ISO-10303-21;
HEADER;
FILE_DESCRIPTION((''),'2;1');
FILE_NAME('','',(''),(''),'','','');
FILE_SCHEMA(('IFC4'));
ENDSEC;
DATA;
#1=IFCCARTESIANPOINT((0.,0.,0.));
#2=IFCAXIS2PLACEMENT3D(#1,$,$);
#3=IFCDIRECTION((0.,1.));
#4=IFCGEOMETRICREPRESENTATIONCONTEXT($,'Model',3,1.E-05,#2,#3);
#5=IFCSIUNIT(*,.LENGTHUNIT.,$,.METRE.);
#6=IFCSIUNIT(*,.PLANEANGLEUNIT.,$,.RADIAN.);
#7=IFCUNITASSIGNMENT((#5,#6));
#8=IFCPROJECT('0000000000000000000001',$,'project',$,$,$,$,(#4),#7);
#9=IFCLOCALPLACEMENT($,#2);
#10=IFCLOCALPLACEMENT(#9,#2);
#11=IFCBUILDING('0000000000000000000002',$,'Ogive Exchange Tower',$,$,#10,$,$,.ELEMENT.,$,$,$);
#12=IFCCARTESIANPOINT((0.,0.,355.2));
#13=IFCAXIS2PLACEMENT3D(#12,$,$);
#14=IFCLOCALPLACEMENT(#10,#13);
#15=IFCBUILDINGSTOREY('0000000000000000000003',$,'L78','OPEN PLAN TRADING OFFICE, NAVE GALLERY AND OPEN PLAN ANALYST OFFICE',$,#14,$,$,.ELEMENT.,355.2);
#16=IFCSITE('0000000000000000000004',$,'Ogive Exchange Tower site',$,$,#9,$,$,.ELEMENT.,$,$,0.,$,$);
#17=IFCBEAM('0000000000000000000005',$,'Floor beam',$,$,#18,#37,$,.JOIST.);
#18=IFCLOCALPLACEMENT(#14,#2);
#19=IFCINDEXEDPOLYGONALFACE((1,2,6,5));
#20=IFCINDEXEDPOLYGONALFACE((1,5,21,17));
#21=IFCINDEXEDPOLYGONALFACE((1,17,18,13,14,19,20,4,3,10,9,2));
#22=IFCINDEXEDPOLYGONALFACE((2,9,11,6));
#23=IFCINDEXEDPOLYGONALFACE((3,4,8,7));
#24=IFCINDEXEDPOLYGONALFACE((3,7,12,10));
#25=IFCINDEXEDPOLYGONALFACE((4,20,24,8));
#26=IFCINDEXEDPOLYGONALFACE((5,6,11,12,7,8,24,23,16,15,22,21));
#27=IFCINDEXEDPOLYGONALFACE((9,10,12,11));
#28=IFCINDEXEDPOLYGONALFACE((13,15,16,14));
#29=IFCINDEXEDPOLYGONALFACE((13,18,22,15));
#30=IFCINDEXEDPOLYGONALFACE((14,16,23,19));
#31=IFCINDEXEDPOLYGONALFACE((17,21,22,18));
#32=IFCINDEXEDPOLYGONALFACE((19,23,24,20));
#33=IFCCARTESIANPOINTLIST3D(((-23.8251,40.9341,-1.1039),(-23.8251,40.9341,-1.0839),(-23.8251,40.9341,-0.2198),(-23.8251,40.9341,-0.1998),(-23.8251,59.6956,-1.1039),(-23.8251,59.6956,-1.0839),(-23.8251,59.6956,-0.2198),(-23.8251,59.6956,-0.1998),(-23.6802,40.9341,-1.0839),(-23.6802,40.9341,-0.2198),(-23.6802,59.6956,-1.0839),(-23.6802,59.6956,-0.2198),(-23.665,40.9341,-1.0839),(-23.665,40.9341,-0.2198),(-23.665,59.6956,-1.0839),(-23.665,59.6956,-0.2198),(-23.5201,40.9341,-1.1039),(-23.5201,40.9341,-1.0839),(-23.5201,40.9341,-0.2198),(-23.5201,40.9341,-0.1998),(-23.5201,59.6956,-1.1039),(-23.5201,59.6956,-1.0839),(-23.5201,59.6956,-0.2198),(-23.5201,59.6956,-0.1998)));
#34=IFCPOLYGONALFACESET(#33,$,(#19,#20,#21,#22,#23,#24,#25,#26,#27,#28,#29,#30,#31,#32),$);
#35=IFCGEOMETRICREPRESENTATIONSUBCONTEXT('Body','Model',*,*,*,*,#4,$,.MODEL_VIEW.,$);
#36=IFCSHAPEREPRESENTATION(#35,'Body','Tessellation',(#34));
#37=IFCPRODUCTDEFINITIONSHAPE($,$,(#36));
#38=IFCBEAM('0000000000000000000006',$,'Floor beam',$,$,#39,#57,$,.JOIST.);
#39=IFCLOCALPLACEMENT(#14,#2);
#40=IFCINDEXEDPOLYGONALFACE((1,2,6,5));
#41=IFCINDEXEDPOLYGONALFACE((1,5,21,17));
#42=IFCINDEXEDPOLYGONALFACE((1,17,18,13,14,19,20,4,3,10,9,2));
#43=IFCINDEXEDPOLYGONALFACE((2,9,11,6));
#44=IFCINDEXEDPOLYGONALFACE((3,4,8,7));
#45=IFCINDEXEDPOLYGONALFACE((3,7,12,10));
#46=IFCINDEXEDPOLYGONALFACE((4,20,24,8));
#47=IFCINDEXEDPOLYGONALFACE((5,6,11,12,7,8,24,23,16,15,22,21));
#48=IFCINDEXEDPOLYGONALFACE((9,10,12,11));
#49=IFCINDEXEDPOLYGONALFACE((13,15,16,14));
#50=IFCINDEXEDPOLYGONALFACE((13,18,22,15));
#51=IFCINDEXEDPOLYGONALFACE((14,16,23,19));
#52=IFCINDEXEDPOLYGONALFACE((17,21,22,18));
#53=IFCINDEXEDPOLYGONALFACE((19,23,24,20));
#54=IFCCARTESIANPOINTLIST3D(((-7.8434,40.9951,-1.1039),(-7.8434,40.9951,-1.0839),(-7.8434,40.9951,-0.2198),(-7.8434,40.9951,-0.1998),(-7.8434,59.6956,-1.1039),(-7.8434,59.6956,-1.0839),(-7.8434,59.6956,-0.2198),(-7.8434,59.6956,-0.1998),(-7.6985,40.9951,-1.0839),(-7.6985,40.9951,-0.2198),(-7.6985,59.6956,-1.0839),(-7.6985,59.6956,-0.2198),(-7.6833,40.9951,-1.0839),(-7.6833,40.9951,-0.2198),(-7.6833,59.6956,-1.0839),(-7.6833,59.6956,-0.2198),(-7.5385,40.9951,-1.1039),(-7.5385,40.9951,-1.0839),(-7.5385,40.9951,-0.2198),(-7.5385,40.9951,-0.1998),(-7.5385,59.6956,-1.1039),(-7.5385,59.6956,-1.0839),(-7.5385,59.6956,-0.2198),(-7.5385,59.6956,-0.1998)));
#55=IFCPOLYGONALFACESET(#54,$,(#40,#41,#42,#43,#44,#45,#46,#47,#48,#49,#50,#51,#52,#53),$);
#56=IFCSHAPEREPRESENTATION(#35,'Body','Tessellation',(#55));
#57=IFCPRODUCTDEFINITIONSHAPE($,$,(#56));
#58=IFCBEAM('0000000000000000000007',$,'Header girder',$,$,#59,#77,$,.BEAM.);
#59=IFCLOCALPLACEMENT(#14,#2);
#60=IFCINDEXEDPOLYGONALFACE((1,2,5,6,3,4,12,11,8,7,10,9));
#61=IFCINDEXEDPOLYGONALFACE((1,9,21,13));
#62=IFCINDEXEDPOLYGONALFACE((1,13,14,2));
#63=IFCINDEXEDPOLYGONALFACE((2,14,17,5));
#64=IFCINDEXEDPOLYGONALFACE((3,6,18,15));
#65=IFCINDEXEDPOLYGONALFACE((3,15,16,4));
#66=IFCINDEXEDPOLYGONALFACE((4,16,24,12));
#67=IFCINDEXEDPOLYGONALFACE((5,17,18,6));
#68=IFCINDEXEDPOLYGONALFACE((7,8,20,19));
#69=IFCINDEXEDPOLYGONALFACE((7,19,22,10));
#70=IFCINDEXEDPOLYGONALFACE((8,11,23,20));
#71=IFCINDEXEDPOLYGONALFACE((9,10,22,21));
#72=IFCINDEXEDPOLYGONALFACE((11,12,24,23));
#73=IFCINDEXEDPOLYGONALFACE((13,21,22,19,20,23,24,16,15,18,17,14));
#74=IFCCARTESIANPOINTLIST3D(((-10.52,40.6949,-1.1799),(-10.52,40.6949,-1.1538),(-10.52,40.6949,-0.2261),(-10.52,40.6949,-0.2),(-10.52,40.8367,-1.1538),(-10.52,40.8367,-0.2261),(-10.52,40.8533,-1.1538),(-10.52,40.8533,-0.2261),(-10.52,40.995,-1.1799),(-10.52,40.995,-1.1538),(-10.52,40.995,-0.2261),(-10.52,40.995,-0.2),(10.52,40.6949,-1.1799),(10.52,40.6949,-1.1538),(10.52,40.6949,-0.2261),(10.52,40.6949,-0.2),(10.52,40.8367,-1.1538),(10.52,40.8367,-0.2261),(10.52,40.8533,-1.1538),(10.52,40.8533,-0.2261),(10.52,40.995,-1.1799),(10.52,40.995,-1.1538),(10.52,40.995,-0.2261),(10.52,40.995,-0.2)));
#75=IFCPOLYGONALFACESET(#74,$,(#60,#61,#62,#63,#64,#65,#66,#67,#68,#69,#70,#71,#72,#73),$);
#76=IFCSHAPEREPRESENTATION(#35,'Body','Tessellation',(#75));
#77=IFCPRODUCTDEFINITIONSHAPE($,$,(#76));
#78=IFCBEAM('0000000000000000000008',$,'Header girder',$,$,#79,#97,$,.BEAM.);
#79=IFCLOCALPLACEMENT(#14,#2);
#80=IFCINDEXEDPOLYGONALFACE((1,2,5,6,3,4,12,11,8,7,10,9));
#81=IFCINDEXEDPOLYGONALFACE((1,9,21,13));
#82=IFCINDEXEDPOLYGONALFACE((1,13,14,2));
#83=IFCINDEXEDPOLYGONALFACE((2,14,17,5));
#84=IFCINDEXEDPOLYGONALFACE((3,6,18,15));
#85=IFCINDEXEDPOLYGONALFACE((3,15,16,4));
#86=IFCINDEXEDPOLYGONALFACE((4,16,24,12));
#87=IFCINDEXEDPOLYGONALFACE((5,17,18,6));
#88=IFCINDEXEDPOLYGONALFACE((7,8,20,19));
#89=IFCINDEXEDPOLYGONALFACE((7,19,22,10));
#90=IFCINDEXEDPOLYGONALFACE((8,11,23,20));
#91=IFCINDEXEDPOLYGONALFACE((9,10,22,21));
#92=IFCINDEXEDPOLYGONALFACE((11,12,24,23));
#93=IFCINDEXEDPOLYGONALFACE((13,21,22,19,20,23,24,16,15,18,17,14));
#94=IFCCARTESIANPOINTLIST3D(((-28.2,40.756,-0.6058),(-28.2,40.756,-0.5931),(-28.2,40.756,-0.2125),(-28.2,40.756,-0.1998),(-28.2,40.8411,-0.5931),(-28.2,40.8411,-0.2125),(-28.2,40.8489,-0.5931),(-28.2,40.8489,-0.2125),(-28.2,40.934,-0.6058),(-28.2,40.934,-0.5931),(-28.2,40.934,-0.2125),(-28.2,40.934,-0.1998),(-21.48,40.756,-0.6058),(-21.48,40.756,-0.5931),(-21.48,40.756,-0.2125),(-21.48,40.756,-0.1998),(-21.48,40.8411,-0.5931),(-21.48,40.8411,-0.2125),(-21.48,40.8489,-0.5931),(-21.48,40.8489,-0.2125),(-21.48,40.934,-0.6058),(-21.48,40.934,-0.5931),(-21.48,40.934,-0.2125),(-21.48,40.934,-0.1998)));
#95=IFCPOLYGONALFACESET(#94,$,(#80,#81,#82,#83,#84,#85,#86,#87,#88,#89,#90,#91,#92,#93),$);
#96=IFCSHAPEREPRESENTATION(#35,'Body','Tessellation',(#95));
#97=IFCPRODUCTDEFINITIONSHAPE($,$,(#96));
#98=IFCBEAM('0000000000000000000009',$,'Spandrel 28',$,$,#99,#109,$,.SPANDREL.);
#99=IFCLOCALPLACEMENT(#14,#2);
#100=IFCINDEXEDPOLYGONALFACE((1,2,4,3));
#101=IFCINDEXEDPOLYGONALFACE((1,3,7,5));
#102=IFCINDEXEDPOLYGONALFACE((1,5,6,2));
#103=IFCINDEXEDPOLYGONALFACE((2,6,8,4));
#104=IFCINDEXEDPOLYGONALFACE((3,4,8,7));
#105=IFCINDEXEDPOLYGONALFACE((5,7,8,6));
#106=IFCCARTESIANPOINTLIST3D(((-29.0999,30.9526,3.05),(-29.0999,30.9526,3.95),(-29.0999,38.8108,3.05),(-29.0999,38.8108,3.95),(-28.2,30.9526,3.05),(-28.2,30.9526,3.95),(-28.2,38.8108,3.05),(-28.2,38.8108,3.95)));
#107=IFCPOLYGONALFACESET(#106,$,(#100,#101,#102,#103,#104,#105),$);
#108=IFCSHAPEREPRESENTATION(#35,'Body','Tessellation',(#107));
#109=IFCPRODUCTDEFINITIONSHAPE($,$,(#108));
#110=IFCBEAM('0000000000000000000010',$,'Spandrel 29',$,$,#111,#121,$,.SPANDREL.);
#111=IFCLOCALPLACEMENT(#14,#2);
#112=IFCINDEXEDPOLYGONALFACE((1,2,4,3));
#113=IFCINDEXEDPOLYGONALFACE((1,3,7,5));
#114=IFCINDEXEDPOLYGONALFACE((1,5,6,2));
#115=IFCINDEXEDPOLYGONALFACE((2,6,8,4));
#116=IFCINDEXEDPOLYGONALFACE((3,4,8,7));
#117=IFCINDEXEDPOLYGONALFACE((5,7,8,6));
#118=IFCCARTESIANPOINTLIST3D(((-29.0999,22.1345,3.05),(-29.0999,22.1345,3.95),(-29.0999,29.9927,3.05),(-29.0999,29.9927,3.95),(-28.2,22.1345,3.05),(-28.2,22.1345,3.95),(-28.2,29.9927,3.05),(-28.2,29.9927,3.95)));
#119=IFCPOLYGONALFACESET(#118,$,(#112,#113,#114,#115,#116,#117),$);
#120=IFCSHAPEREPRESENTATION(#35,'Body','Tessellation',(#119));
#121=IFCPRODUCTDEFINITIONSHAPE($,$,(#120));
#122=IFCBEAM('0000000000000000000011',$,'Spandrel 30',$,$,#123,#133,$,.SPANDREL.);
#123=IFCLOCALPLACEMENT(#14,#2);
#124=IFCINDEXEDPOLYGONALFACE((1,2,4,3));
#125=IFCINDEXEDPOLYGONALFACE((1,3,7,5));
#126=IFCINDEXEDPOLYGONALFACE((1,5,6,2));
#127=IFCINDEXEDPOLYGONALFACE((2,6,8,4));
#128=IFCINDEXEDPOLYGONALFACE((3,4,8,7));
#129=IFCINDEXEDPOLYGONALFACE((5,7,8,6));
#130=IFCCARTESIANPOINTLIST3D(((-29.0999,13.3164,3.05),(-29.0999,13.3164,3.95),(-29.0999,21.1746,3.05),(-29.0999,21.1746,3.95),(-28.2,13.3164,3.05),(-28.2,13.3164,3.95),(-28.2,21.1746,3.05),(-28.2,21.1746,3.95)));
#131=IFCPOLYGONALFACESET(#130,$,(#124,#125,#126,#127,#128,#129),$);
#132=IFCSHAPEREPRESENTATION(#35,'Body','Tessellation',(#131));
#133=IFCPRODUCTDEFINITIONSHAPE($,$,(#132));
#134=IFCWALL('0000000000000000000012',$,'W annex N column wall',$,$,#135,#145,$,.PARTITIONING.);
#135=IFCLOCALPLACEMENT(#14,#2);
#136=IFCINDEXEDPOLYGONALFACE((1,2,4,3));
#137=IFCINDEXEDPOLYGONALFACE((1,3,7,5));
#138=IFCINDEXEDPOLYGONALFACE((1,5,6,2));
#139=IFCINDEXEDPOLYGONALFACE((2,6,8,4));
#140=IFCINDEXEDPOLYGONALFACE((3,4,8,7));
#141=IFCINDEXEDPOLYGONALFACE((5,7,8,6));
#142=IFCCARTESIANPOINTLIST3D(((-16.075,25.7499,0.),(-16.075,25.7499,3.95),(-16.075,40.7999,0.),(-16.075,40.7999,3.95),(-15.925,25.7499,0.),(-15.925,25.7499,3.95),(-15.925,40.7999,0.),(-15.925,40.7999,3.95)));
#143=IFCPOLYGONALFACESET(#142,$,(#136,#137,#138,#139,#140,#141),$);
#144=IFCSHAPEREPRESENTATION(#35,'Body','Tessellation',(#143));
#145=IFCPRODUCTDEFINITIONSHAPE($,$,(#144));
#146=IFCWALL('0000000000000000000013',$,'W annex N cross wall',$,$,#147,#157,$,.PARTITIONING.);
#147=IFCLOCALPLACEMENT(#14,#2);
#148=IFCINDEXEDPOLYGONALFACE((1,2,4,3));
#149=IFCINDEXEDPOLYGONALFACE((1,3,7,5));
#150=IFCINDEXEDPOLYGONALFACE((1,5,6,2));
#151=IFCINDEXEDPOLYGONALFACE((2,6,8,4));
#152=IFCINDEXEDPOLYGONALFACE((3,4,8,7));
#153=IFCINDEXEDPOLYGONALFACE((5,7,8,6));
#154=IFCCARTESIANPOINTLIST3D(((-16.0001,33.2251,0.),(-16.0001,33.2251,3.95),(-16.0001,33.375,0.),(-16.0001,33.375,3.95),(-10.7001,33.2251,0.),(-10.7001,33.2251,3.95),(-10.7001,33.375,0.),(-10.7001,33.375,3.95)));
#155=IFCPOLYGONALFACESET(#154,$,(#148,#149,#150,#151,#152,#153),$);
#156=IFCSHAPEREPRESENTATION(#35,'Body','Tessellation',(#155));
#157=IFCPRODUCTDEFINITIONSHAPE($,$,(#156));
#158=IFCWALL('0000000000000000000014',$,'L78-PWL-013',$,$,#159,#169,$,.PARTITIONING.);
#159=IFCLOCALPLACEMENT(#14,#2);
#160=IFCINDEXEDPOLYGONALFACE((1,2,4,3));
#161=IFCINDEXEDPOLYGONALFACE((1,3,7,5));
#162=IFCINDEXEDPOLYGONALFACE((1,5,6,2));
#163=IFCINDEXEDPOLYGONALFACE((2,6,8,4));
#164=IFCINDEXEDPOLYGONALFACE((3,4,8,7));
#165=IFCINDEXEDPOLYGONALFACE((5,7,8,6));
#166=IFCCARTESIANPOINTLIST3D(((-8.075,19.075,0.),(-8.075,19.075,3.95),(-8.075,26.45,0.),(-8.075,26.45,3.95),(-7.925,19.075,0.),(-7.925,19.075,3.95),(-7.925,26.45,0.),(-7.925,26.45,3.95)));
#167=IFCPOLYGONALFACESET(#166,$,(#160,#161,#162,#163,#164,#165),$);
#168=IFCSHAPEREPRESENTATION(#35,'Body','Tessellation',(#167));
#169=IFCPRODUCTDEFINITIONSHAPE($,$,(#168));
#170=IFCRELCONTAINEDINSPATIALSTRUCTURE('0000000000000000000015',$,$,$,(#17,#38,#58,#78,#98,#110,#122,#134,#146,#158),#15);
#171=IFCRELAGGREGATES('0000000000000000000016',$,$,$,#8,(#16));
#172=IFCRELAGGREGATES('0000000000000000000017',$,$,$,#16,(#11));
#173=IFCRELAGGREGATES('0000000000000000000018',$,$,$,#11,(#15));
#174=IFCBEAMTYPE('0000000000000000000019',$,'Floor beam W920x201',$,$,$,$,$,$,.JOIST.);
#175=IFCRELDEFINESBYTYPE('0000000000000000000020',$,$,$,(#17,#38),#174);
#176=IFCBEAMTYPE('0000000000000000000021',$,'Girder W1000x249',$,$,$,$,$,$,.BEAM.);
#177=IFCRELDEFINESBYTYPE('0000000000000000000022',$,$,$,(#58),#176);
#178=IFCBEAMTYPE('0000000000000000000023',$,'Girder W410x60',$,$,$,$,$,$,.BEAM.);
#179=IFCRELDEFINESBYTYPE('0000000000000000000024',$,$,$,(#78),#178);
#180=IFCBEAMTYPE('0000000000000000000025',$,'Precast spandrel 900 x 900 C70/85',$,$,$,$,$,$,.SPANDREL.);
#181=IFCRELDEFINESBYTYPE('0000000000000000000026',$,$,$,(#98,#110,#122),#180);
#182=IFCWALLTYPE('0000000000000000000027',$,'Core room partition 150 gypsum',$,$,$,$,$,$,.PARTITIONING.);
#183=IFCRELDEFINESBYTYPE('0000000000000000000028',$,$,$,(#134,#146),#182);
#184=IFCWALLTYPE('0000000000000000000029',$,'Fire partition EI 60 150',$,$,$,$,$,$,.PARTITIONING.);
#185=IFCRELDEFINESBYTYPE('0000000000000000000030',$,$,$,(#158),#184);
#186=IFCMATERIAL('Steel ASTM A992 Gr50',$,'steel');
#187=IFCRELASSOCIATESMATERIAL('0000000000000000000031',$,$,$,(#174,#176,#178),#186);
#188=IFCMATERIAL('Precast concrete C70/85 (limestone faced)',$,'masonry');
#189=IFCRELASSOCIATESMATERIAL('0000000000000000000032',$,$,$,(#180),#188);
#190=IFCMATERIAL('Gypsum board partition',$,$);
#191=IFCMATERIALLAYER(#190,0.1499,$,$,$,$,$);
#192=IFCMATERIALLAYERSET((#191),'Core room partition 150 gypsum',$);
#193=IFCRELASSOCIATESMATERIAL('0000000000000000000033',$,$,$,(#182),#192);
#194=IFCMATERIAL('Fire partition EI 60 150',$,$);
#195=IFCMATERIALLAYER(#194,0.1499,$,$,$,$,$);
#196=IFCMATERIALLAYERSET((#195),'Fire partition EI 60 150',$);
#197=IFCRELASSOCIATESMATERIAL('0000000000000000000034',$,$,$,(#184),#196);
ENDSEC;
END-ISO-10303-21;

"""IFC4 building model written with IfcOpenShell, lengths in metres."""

from ifc_helpers import new_model, si_unit, direction, frame, frame_2d, origin, origin_2d, place, context, subcontext, project, spatial, rectangle, i_section, extrude, material, layer, layer_set, material_profile, profile_set, type_object, element, save


model = new_model("IFC4")

# Units and contexts
model_context = context("Model", 3, precision=1e-05, world=origin(), true_north=direction((0.0, 1.0)))
body_context = subcontext(model_context, "Body", "Model", "MODEL_VIEW")
ifc_project = project(units=[si_unit("LENGTHUNIT", "METRE"), si_unit("PLANEANGLEUNIT", "RADIAN")], contexts=[model_context])

# Site, building, storey
site_placement = place(None, origin())
site = spatial("IfcSite", under=ifc_project, at=site_placement, Name="Ogive Exchange Tower site", CompositionType="ELEMENT", RefElevation=0.0)
building_placement = place(site_placement, origin())
building = spatial("IfcBuilding", under=site, at=building_placement, Name="Ogive Exchange Tower", CompositionType="ELEMENT")
storey_placement = place(building_placement, frame((0.0, 0.0, 355.2)))
storey = spatial("IfcBuildingStorey", under=building, at=storey_placement, Name="L78", Description="OPEN PLAN TRADING OFFICE, NAVE GALLERY AND OPEN PLAN ANALYST OFFICE", CompositionType="ELEMENT", Elevation=355.2)

# Shared definitions
ifc_material_1 = material(Name="Precast concrete C70/85 (limestone faced)", Category="masonry")

# Beams
ifc_material_2 = material(Name="Steel ASTM A992 Gr50", Category="steel")
ifc_material_profile_1 = material_profile(ifc_material_2, i_section(OverallWidth=0.3049, OverallDepth=0.9041, WebThickness=0.0151, FlangeThickness=0.02, at=origin_2d()), Name="W920x201")
ifc_profile_set_1 = profile_set([ifc_material_profile_1], Name="Steel ASTM A992 Gr50")
beam_type_1 = type_object("IfcBeamType", Name="Floor beam W920x201", PredefinedType="JOIST", material=ifc_profile_set_1)
beam_1_placement = place(storey_placement, frame((-23.6726, 40.9341, -0.6519), z_axis=(0.0, 1.0, 0.0), x_axis=(-1.0, 0.0, 0.0)))
element("IfcBeam", 1, at=beam_1_placement, inside=storey, type_object=beam_type_1, Name="Floor beam", PredefinedType="JOIST", context=body_context, shape_type="SweptSolid", body=[
    extrude(i_section(OverallWidth=0.3049, OverallDepth=0.9041, WebThickness=0.0151, FlangeThickness=0.02, at=origin_2d()), origin(), (0.0, 0.0, 1.0), 18.7615),
])
beam_2_placement = place(storey_placement, frame((-7.6909, 40.9951, -0.6519), z_axis=(0.0, 1.0, 0.0), x_axis=(-1.0, 0.0, 0.0)))
element("IfcBeam", 2, at=beam_2_placement, inside=storey, type_object=beam_type_1, Name="Floor beam", PredefinedType="JOIST", context=body_context, shape_type="SweptSolid", body=[
    extrude(i_section(OverallWidth=0.3049, OverallDepth=0.9041, WebThickness=0.0151, FlangeThickness=0.02, at=origin_2d()), origin(), (0.0, 0.0, 1.0), 18.7004),
])
ifc_material_profile_2 = material_profile(ifc_material_2, i_section(OverallWidth=0.3, OverallDepth=0.98, WebThickness=0.0166, FlangeThickness=0.0261, at=origin_2d()), Name="W1000x249")
ifc_profile_set_2 = profile_set([ifc_material_profile_2], Name="Steel ASTM A992 Gr50")
beam_type_2 = type_object("IfcBeamType", Name="Girder W1000x249", PredefinedType="BEAM", material=ifc_profile_set_2)
beam_3_placement = place(storey_placement, frame((-10.52, 40.845, -0.6899), z_axis=(1.0, 0.0, 0.0), x_axis=(0.0, 1.0, 0.0)))
element("IfcBeam", 3, at=beam_3_placement, inside=storey, type_object=beam_type_2, Name="Header girder", PredefinedType="BEAM", context=body_context, shape_type="SweptSolid", body=[
    extrude(i_section(OverallWidth=0.3, OverallDepth=0.98, WebThickness=0.0166, FlangeThickness=0.0261, at=origin_2d()), origin(), (0.0, 0.0, 1.0), 21.04),
])
ifc_material_profile_3 = material_profile(ifc_material_2, i_section(OverallWidth=0.178, OverallDepth=0.406, WebThickness=0.0078, FlangeThickness=0.0127, at=origin_2d()), Name="W410x60")
ifc_profile_set_3 = profile_set([ifc_material_profile_3], Name="Steel ASTM A992 Gr50")
beam_type_3 = type_object("IfcBeamType", Name="Girder W410x60", PredefinedType="BEAM", material=ifc_profile_set_3)
beam_4_placement = place(storey_placement, frame((-28.2, 40.845, -0.4028), z_axis=(1.0, 0.0, 0.0), x_axis=(0.0, 1.0, 0.0)))
element("IfcBeam", 4, at=beam_4_placement, inside=storey, type_object=beam_type_3, Name="Header girder", PredefinedType="BEAM", context=body_context, shape_type="SweptSolid", body=[
    extrude(i_section(OverallWidth=0.178, OverallDepth=0.406, WebThickness=0.0078, FlangeThickness=0.0127, at=origin_2d()), origin(), (0.0, 0.0, 1.0), 6.72),
])
ifc_material_profile_4 = material_profile(ifc_material_1, rectangle(XDim=0.8999, YDim=0.8999, at=origin_2d()), Name="900 x 900")
ifc_profile_set_4 = profile_set([ifc_material_profile_4], Name="Precast concrete C70/85 (limestone faced)")
beam_type_4 = type_object("IfcBeamType", Name="Precast spandrel 900 x 900 C70/85", PredefinedType="SPANDREL", material=ifc_profile_set_4)
for number, where, z_axis, x_axis, name in (
    (5, (-28.6499, 38.8108, 3.5), (0.0, -1.0, 0.0), (1.0, 0.0, 0.0), "Spandrel 28"),
    (6, (-28.6499, 29.9927, 3.5), (0.0, -1.0, 0.0), (1.0, 0.0, 0.0), "Spandrel 29"),
    (7, (-28.6499, 21.1746, 3.5), (0.0, -1.0, 0.0), (1.0, 0.0, 0.0), "Spandrel 30"),
):
    element("IfcBeam", number, at=place(storey_placement, frame(where, z_axis=z_axis, x_axis=x_axis)), inside=storey, type_object=beam_type_4, Name=name, PredefinedType="SPANDREL", context=body_context, shape_type="SweptSolid", body=[
        extrude(rectangle(XDim=0.8999, YDim=0.8999, at=origin_2d()), origin(), (0.0, 0.0, 1.0), 7.8582),
    ])

# Walls
ifc_material_3 = material(Name="Gypsum board partition")
ifc_layer_1 = layer(ifc_material_3, 0.1499)
ifc_layer_set_1 = layer_set([ifc_layer_1], Name="Core room partition 150 gypsum")
wall_type_1 = type_object("IfcWallType", Name="Core room partition 150 gypsum", PredefinedType="PARTITIONING", material=ifc_layer_set_1)
wall_1_placement = place(storey_placement, frame((-16.0, 25.75, 0.0), z_axis=(0.0, 0.0, 1.0), x_axis=(0.0, 1.0, 0.0)))
element("IfcWall", 8, at=wall_1_placement, inside=storey, type_object=wall_type_1, Name="W annex N column wall", PredefinedType="PARTITIONING", context=body_context, shape_type="SweptSolid", body=[
    extrude(rectangle(XDim=15.05, YDim=0.1499, at=frame_2d((7.5249, 0.0))), origin(), (0.0, 0.0, 1.0), 3.95),
])
wall_2_placement = place(storey_placement, frame((-16.0, 33.3, 0.0), z_axis=(0.0, 0.0, 1.0), x_axis=(1.0, 0.0, 0.0)))
element("IfcWall", 9, at=wall_2_placement, inside=storey, type_object=wall_type_1, Name="W annex N cross wall", PredefinedType="PARTITIONING", context=body_context, shape_type="SweptSolid", body=[
    extrude(rectangle(XDim=5.3, YDim=0.1499, at=frame_2d((2.6499, 0.0))), origin(), (0.0, 0.0, 1.0), 3.95),
])
ifc_material_4 = material(Name="Fire partition EI 60 150")
ifc_layer_2 = layer(ifc_material_4, 0.1499)
ifc_layer_set_2 = layer_set([ifc_layer_2], Name="Fire partition EI 60 150")
wall_type_2 = type_object("IfcWallType", Name="Fire partition EI 60 150", PredefinedType="PARTITIONING", material=ifc_layer_set_2)
wall_3_placement = place(storey_placement, frame((-8.0, 26.45, 0.0), z_axis=(0.0, 0.0, 1.0), x_axis=(0.0, -1.0, 0.0)))
element("IfcWall", 10, at=wall_3_placement, inside=storey, type_object=wall_type_2, Name="L78-PWL-013", PredefinedType="PARTITIONING", context=body_context, shape_type="SweptSolid", body=[
    extrude(rectangle(XDim=7.375, YDim=0.1499, at=frame_2d((3.6875, 0.0))), origin(), (0.0, 0.0, 1.0), 3.95),
])

save(model, "model.ifc")
